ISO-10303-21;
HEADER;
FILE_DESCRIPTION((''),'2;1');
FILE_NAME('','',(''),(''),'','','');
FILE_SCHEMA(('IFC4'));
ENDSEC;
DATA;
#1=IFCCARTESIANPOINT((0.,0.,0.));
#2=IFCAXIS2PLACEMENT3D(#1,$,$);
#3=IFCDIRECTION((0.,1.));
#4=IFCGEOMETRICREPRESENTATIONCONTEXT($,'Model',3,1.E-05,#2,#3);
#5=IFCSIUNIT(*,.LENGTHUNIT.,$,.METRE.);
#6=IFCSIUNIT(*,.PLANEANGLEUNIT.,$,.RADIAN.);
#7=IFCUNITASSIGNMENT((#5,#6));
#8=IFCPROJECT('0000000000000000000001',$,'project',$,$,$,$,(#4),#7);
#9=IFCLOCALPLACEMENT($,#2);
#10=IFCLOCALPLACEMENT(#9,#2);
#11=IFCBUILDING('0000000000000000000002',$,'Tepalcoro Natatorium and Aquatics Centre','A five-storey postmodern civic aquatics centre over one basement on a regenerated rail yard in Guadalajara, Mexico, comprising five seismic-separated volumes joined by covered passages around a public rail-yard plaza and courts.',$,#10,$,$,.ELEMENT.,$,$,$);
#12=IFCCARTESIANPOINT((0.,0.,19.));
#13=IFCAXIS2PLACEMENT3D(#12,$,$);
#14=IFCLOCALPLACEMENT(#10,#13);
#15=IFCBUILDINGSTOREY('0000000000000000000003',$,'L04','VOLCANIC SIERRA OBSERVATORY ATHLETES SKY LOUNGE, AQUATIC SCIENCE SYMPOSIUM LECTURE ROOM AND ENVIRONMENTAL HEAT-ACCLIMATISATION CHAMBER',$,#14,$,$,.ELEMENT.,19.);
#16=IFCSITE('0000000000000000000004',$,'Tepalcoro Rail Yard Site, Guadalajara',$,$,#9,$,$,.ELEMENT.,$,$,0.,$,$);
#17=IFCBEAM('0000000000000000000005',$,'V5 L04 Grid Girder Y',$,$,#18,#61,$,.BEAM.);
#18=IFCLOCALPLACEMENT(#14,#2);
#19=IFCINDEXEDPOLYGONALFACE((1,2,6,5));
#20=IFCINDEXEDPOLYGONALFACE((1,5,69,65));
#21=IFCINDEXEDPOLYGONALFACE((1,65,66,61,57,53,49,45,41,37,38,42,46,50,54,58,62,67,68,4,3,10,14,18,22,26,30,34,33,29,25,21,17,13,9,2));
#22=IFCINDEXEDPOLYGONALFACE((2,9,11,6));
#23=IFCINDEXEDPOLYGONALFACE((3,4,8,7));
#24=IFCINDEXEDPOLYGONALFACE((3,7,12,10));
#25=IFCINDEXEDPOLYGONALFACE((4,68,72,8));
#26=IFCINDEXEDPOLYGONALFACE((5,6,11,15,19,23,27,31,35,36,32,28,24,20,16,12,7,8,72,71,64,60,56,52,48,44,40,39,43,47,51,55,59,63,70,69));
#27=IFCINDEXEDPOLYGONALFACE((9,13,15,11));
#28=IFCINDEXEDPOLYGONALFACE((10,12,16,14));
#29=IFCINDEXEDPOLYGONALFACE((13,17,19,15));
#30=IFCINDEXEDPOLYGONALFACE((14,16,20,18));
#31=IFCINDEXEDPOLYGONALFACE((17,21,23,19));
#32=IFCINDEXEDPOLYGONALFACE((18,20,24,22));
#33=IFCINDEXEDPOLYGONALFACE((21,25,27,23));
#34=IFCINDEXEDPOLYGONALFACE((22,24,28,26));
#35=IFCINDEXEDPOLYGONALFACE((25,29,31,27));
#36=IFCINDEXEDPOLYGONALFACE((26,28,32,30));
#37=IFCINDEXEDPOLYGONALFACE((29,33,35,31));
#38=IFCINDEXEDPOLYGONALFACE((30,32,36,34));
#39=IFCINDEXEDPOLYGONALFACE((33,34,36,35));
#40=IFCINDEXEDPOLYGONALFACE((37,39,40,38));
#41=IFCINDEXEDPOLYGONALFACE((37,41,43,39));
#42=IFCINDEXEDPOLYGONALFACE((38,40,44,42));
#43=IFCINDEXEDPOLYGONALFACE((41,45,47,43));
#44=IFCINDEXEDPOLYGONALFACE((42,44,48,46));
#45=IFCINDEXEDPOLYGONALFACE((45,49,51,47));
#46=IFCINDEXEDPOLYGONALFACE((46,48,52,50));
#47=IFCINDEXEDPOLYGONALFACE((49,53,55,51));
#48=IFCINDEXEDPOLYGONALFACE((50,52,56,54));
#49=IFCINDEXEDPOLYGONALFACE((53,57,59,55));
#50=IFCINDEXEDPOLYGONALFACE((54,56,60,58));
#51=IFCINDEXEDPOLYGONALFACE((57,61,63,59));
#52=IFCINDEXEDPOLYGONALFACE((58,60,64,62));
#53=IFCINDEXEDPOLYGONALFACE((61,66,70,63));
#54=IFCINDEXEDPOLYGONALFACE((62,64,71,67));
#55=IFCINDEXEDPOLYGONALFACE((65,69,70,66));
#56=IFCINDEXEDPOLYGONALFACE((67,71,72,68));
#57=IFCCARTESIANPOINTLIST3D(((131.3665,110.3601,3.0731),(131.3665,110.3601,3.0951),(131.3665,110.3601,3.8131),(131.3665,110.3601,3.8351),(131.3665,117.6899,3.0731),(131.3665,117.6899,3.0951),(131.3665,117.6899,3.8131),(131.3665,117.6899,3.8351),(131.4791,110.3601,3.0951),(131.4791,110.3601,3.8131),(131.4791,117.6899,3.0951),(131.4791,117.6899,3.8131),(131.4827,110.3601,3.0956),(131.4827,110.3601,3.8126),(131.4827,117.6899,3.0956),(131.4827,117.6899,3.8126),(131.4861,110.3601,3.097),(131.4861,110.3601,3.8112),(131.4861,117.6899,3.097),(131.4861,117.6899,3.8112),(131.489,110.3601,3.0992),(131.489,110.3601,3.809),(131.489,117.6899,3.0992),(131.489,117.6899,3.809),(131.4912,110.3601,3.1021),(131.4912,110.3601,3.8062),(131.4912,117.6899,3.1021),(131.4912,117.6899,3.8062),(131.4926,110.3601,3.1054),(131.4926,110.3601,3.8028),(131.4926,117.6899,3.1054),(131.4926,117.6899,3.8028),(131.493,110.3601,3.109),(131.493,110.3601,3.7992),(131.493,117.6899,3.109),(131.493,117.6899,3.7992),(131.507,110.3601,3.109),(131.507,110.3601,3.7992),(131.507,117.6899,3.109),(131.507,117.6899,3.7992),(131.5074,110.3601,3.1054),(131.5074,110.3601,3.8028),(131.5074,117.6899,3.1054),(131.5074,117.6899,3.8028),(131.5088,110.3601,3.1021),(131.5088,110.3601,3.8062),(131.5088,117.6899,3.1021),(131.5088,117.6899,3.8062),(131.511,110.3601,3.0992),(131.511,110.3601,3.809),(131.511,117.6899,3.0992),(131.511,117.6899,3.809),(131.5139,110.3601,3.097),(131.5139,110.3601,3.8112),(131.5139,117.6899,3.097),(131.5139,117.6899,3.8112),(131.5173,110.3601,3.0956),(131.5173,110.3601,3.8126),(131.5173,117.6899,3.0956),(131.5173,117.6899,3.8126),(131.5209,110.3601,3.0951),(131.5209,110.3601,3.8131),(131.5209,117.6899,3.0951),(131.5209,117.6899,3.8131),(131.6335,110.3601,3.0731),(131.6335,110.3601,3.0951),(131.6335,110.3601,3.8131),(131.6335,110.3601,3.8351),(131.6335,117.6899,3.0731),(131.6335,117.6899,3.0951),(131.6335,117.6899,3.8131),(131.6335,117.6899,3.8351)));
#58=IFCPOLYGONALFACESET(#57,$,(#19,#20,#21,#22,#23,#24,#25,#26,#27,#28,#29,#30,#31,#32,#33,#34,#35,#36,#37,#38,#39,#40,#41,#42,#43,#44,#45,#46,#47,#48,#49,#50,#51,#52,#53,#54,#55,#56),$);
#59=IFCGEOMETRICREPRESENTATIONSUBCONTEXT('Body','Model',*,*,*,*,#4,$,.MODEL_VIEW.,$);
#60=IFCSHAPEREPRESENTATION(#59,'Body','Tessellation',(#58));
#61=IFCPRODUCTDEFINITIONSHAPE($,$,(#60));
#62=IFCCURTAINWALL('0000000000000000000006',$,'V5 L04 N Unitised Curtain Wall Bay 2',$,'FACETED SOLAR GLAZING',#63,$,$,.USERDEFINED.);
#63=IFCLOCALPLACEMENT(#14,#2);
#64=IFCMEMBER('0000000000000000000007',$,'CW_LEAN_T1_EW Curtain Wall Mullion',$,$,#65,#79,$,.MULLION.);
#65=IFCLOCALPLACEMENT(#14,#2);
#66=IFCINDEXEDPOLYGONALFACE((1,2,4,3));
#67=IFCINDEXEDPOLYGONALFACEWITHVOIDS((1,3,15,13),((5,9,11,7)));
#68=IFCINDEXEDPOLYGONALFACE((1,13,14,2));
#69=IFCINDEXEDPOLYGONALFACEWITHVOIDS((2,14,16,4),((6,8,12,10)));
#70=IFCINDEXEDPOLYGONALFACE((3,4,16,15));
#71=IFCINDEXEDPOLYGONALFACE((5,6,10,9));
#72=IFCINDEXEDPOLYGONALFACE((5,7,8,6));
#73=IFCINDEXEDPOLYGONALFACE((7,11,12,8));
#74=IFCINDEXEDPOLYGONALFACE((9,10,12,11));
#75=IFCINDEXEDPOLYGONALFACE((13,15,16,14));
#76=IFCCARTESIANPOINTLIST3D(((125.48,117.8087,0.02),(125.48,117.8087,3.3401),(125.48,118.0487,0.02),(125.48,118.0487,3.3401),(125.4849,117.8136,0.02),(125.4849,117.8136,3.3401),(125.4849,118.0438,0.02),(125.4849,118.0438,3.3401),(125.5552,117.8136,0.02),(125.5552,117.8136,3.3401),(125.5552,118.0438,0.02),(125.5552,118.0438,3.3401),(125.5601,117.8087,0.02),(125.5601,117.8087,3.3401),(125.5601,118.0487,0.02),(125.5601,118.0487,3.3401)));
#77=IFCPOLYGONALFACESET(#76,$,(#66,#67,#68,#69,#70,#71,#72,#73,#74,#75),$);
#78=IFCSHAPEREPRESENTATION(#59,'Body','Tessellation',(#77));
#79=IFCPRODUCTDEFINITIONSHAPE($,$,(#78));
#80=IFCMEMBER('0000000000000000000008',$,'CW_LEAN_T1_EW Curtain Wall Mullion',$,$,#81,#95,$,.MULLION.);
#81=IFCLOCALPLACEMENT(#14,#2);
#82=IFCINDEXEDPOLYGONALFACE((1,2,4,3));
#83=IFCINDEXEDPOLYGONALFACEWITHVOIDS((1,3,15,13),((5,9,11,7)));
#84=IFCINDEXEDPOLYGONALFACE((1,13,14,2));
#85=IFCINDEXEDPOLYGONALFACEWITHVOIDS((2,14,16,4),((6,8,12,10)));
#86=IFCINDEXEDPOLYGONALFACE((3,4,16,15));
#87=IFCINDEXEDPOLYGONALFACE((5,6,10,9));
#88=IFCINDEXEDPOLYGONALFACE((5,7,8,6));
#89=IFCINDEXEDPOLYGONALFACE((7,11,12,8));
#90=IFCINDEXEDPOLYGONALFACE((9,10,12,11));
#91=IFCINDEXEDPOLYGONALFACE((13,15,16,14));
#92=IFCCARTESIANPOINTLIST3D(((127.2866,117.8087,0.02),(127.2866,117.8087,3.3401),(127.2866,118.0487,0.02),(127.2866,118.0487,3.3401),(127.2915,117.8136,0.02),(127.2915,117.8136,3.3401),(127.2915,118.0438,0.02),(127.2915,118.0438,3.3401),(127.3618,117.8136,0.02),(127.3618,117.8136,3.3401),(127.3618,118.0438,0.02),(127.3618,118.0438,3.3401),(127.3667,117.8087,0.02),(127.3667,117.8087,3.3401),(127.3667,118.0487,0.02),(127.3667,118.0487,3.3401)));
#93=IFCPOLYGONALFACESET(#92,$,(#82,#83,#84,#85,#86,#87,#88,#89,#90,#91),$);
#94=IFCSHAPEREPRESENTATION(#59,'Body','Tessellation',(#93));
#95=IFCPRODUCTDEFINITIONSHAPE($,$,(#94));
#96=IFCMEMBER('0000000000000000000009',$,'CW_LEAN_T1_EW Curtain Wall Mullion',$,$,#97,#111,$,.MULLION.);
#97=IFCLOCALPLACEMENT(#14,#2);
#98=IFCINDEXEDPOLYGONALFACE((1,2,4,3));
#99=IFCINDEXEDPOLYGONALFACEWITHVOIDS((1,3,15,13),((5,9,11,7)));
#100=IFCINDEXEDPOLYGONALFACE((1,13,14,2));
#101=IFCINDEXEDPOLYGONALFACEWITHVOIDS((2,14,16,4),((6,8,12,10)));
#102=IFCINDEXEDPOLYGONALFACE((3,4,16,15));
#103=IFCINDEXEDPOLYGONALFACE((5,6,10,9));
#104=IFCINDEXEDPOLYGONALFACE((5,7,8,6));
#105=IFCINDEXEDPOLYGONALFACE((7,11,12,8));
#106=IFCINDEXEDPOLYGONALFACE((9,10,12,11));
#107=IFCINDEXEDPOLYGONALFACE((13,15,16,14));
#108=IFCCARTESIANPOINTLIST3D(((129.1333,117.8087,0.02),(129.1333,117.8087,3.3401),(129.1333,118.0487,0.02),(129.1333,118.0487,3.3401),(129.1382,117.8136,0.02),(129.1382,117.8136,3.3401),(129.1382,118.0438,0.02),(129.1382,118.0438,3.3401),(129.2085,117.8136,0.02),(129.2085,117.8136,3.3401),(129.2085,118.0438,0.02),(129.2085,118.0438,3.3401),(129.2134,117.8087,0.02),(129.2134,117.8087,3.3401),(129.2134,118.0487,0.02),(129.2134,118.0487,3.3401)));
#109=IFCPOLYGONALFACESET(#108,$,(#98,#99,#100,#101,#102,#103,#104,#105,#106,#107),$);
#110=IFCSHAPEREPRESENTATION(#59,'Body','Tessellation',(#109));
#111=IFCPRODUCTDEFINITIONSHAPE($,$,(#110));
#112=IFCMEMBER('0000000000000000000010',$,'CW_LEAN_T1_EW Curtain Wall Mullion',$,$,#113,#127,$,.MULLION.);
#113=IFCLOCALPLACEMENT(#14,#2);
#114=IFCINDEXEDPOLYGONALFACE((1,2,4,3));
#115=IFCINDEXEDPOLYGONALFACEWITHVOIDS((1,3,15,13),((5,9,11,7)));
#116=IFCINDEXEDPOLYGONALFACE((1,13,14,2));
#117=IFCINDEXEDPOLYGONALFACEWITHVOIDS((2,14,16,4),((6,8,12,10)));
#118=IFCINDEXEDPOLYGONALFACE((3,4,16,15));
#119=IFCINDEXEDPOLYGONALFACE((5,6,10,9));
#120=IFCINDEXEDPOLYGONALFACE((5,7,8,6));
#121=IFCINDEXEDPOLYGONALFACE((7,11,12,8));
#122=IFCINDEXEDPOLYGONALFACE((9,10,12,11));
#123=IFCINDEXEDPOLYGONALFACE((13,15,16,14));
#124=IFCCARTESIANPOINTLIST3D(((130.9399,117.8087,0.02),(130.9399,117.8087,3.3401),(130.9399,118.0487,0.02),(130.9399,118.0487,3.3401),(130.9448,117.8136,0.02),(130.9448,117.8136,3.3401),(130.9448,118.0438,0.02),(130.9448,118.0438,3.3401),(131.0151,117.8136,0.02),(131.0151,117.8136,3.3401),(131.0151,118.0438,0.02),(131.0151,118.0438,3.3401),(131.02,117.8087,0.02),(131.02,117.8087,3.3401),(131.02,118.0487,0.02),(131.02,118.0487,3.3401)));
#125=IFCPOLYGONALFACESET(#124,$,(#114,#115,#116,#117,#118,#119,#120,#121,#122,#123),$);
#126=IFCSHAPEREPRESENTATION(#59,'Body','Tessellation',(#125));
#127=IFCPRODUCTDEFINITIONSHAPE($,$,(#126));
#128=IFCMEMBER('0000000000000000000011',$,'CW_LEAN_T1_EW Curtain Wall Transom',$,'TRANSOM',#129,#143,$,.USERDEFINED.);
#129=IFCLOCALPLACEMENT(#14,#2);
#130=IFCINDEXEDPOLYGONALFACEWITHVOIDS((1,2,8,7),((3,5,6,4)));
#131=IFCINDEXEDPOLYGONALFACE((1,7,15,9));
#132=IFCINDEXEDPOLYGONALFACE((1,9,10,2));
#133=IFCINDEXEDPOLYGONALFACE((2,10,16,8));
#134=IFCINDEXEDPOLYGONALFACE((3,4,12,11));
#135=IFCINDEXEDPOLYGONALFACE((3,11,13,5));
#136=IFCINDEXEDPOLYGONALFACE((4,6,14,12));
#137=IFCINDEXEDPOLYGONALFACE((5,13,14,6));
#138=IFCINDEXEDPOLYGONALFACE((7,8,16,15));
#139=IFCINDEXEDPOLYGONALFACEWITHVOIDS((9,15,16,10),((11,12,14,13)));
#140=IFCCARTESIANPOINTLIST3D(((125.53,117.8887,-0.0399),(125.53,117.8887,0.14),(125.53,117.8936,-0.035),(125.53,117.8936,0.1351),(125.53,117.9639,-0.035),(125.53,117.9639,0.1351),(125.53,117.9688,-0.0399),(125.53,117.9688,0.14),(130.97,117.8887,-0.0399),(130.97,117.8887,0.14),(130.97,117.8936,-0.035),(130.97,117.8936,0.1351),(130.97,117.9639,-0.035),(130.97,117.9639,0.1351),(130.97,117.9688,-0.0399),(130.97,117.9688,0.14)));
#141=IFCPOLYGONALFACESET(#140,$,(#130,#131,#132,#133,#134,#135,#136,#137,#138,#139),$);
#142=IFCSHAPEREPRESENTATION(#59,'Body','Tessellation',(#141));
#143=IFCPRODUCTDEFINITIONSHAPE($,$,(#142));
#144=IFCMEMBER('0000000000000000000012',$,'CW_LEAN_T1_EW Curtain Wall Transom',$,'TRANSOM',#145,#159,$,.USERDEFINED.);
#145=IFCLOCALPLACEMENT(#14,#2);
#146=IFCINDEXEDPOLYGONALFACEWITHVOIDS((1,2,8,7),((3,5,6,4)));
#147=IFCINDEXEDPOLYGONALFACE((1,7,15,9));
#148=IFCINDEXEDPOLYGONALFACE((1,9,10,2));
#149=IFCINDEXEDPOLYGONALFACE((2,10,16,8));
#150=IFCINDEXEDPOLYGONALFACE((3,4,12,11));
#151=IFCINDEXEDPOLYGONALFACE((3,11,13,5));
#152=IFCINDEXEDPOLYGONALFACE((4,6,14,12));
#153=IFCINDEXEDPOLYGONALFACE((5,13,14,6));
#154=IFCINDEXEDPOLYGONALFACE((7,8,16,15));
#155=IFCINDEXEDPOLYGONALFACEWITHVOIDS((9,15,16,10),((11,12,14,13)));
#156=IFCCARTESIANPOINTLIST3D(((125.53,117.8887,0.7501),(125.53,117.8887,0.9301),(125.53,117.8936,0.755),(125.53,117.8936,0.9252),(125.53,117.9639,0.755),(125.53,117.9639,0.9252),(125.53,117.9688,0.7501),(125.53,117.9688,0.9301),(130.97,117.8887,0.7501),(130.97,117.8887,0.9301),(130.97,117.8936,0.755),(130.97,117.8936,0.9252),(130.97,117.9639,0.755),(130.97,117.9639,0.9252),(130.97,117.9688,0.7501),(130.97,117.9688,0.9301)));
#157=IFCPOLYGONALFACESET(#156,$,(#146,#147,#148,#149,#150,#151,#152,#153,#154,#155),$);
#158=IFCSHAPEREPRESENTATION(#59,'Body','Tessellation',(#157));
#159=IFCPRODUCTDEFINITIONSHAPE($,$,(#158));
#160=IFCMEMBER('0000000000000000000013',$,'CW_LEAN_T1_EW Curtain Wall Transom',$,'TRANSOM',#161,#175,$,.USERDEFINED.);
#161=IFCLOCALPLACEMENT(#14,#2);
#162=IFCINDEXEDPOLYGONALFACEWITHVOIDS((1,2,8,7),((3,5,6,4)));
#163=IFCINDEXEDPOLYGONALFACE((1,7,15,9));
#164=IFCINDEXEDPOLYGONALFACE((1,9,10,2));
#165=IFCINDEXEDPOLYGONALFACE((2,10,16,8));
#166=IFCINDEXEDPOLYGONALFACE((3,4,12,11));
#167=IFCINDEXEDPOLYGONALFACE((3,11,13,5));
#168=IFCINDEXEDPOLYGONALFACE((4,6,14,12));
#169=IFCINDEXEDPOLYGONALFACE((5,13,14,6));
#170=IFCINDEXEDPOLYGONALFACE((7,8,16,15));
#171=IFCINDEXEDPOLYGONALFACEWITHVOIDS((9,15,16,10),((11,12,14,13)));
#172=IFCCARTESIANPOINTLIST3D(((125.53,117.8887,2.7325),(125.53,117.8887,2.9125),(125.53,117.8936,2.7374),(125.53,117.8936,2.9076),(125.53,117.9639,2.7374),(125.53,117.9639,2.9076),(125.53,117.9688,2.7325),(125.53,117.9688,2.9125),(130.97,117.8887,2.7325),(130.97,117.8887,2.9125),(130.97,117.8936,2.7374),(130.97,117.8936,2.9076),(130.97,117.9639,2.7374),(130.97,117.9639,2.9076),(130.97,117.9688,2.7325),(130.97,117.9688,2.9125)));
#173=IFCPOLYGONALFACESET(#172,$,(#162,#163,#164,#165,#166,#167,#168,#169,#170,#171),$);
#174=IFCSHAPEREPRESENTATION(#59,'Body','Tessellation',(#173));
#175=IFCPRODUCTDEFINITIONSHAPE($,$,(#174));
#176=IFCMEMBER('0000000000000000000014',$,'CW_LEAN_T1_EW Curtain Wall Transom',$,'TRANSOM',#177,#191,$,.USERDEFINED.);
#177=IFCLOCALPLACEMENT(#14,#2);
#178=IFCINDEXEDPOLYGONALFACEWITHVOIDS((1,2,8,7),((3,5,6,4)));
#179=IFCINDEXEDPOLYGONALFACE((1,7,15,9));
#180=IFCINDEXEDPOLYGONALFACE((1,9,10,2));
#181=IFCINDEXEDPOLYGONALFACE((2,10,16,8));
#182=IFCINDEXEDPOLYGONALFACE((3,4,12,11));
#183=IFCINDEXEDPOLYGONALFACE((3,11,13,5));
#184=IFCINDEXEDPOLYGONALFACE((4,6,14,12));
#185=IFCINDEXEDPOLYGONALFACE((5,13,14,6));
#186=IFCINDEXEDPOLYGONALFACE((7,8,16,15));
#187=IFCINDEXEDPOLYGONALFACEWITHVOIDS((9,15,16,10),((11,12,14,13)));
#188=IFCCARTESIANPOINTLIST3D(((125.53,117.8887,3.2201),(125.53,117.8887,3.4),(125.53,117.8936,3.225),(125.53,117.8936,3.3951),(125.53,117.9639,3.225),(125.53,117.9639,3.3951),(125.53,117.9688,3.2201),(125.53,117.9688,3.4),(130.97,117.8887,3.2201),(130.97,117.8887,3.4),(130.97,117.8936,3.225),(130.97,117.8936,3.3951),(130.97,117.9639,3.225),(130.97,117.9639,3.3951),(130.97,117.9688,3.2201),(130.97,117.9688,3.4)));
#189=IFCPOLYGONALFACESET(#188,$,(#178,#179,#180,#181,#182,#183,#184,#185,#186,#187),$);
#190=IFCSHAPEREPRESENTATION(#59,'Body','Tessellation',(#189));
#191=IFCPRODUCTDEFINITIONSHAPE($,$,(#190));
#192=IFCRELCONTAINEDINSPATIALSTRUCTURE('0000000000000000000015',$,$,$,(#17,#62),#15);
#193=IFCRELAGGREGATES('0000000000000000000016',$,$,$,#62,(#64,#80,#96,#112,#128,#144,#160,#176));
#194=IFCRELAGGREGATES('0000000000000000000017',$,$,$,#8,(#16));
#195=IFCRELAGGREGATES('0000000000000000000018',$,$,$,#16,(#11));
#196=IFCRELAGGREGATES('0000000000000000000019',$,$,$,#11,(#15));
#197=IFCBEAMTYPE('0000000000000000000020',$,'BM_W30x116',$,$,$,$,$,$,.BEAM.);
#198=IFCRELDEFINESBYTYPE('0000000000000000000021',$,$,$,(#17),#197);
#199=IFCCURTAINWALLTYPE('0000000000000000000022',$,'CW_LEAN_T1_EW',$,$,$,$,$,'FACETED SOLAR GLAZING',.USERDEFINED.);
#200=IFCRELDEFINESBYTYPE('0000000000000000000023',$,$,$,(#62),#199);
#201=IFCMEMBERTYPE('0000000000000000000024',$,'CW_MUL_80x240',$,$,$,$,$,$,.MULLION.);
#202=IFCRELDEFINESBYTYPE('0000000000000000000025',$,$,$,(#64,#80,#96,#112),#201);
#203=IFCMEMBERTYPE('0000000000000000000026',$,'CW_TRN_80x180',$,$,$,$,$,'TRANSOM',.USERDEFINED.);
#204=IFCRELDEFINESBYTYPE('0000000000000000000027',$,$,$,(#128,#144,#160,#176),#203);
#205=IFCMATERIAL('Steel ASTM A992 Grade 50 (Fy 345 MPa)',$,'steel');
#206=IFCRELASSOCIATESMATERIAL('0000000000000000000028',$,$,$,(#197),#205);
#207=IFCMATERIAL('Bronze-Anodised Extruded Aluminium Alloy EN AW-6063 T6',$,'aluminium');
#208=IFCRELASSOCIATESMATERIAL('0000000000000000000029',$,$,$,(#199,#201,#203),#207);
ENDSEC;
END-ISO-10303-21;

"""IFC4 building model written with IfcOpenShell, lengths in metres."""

from ifc_helpers import new_model, si_unit, direction, frame, origin, origin_2d, place, context, subcontext, project, spatial, hollow_rectangle, i_section, extrude, material, material_profile, profile_set, type_object, element, aggregate, save


model = new_model("IFC4")

# Units and contexts
model_context = context("Model", 3, precision=1e-05, world=origin(), true_north=direction((0.0, 1.0)))
body_context = subcontext(model_context, "Body", "Model", "MODEL_VIEW")
ifc_project = project(units=[si_unit("LENGTHUNIT", "METRE"), si_unit("PLANEANGLEUNIT", "RADIAN")], contexts=[model_context])

# Site, building, storey
site_placement = place(None, origin())
site = spatial("IfcSite", under=ifc_project, at=site_placement, Name="Tepalcoro Rail Yard Site, Guadalajara", CompositionType="ELEMENT", RefElevation=0.0)
building_placement = place(site_placement, origin())
building = spatial("IfcBuilding", under=site, at=building_placement, Name="Tepalcoro Natatorium and Aquatics Centre", Description="A five-storey postmodern civic aquatics centre over one basement on a regenerated rail yard in Guadalajara, Mexico, comprising five seismic-separated volumes joined by covered passages around a public rail-yard plaza and courts.", CompositionType="ELEMENT")
storey_placement = place(building_placement, frame((0.0, 0.0, 19.0)))
storey = spatial("IfcBuildingStorey", under=building, at=storey_placement, Name="L04", Description="VOLCANIC SIERRA OBSERVATORY ATHLETES SKY LOUNGE, AQUATIC SCIENCE SYMPOSIUM LECTURE ROOM AND ENVIRONMENTAL HEAT-ACCLIMATISATION CHAMBER", CompositionType="ELEMENT", Elevation=19.0)

# Beam
ifc_material_1 = material(Name="Steel ASTM A992 Grade 50 (Fy 345 MPa)", Category="steel")
ifc_material_profile_1 = material_profile(ifc_material_1, i_section(OverallWidth=0.2671, OverallDepth=0.762, WebThickness=0.0139, FlangeThickness=0.022, FilletRadius=0.0139, at=origin_2d()), Name="W30X116")
ifc_profile_set_1 = profile_set([ifc_material_profile_1], Name="Steel ASTM A992 Grade 50 (Fy 345 MPa)")
beam_type_1 = type_object("IfcBeamType", Name="BM_W30x116", PredefinedType="BEAM", material=ifc_profile_set_1)
beam_1_placement = place(storey_placement, frame((131.5, 110.3601, 3.4541), z_axis=(0.0, 1.0, 0.0), x_axis=(-1.0, 0.0, 0.0)))
element("IfcBeam", 1, at=beam_1_placement, inside=storey, type_object=beam_type_1, Name="V5 L04 Grid Girder Y", PredefinedType="BEAM", context=body_context, shape_type="SweptSolid", body=[
    extrude(i_section(OverallWidth=0.2671, OverallDepth=0.762, WebThickness=0.0139, FlangeThickness=0.022, FilletRadius=0.0139, at=origin_2d()), origin(), (0.0, 0.0, 1.0), 7.3298),
])

# Curtain wall, members
ifc_material_2 = material(Name="Bronze-Anodised Extruded Aluminium Alloy EN AW-6063 T6", Category="aluminium")
curtain_wall_type = type_object("IfcCurtainWallType", Name="CW_LEAN_T1_EW", ElementType="FACETED SOLAR GLAZING", PredefinedType="USERDEFINED", material=ifc_material_2)
curtain_wall_placement = place(storey_placement, origin())
curtain_wall = element("IfcCurtainWall", 2, at=curtain_wall_placement, inside=storey, type_object=curtain_wall_type, Name="V5 L04 N Unitised Curtain Wall Bay 2", ObjectType="FACETED SOLAR GLAZING", PredefinedType="USERDEFINED")
ifc_material_profile_2 = material_profile(ifc_material_2, hollow_rectangle(XDim=0.0801, YDim=0.24, WallThickness=0.0049, at=origin_2d()), Name="AL80X240X5")
ifc_profile_set_2 = profile_set([ifc_material_profile_2], Name="Bronze-Anodised Extruded Aluminium Alloy EN AW-6063 T6")
member_type_1 = type_object("IfcMemberType", Name="CW_MUL_80x240", PredefinedType="MULLION", material=ifc_profile_set_2)
member_1_placement = place(storey_placement, frame((125.52, 117.9287, 0.02), z_axis=(0.0, 0.0, 1.0), x_axis=(1.0, 0.0, 0.0)))
member_1 = element("IfcMember", 3, at=member_1_placement, type_object=member_type_1, Name="CW_LEAN_T1_EW Curtain Wall Mullion", PredefinedType="MULLION", context=body_context, shape_type="SweptSolid", body=[
    extrude(hollow_rectangle(XDim=0.0801, YDim=0.24, WallThickness=0.0049, at=origin_2d()), origin(), (0.0, 0.0, 1.0), 3.3201),
])
member_2_placement = place(storey_placement, frame((127.3267, 117.9287, 0.02), z_axis=(0.0, 0.0, 1.0), x_axis=(1.0, 0.0, 0.0)))
member_2 = element("IfcMember", 4, at=member_2_placement, type_object=member_type_1, Name="CW_LEAN_T1_EW Curtain Wall Mullion", PredefinedType="MULLION", context=body_context, shape_type="SweptSolid", body=[
    extrude(hollow_rectangle(XDim=0.0801, YDim=0.24, WallThickness=0.0049, at=origin_2d()), origin(), (0.0, 0.0, 1.0), 3.3201),
])
member_3_placement = place(storey_placement, frame((129.1733, 117.9287, 0.02), z_axis=(0.0, 0.0, 1.0), x_axis=(1.0, 0.0, 0.0)))
member_3 = element("IfcMember", 5, at=member_3_placement, type_object=member_type_1, Name="CW_LEAN_T1_EW Curtain Wall Mullion", PredefinedType="MULLION", context=body_context, shape_type="SweptSolid", body=[
    extrude(hollow_rectangle(XDim=0.0801, YDim=0.24, WallThickness=0.0049, at=origin_2d()), origin(), (0.0, 0.0, 1.0), 3.3201),
])
member_4_placement = place(storey_placement, frame((130.98, 117.9287, 0.02), z_axis=(0.0, 0.0, 1.0), x_axis=(1.0, 0.0, 0.0)))
member_4 = element("IfcMember", 6, at=member_4_placement, type_object=member_type_1, Name="CW_LEAN_T1_EW Curtain Wall Mullion", PredefinedType="MULLION", context=body_context, shape_type="SweptSolid", body=[
    extrude(hollow_rectangle(XDim=0.0801, YDim=0.24, WallThickness=0.0049, at=origin_2d()), origin(), (0.0, 0.0, 1.0), 3.3201),
])
ifc_material_profile_3 = material_profile(ifc_material_2, hollow_rectangle(XDim=0.0801, YDim=0.1799, WallThickness=0.0049, at=origin_2d()), Name="AL80X180X5")
ifc_profile_set_3 = profile_set([ifc_material_profile_3], Name="Bronze-Anodised Extruded Aluminium Alloy EN AW-6063 T6")
member_type_2 = type_object("IfcMemberType", Name="CW_TRN_80x180", ElementType="TRANSOM", PredefinedType="USERDEFINED", material=ifc_profile_set_3)
member_5_placement = place(storey_placement, frame((125.53, 117.9287, 0.05), z_axis=(1.0, 0.0, 0.0), x_axis=(0.0, 1.0, 0.0)))
member_5 = element("IfcMember", 7, at=member_5_placement, type_object=member_type_2, Name="CW_LEAN_T1_EW Curtain Wall Transom", ObjectType="TRANSOM", PredefinedType="USERDEFINED", context=body_context, shape_type="SweptSolid", body=[
    extrude(hollow_rectangle(XDim=0.0801, YDim=0.1799, WallThickness=0.0049, at=origin_2d()), origin(), (0.0, 0.0, 1.0), 5.4399),
])
member_6_placement = place(storey_placement, frame((125.53, 117.9287, 0.8401), z_axis=(1.0, 0.0, 0.0), x_axis=(0.0, 1.0, 0.0)))
member_6 = element("IfcMember", 8, at=member_6_placement, type_object=member_type_2, Name="CW_LEAN_T1_EW Curtain Wall Transom", ObjectType="TRANSOM", PredefinedType="USERDEFINED", context=body_context, shape_type="SweptSolid", body=[
    extrude(hollow_rectangle(XDim=0.0801, YDim=0.1799, WallThickness=0.0049, at=origin_2d()), origin(), (0.0, 0.0, 1.0), 5.4399),
])
member_7_placement = place(storey_placement, frame((125.53, 117.9287, 2.8225), z_axis=(1.0, 0.0, 0.0), x_axis=(0.0, 1.0, 0.0)))
member_7 = element("IfcMember", 9, at=member_7_placement, type_object=member_type_2, Name="CW_LEAN_T1_EW Curtain Wall Transom", ObjectType="TRANSOM", PredefinedType="USERDEFINED", context=body_context, shape_type="SweptSolid", body=[
    extrude(hollow_rectangle(XDim=0.0801, YDim=0.1799, WallThickness=0.0049, at=origin_2d()), origin(), (0.0, 0.0, 1.0), 5.4399),
])
member_8_placement = place(storey_placement, frame((125.53, 117.9287, 3.3101), z_axis=(1.0, 0.0, 0.0), x_axis=(0.0, 1.0, 0.0)))
member_8 = element("IfcMember", 10, at=member_8_placement, type_object=member_type_2, Name="CW_LEAN_T1_EW Curtain Wall Transom", ObjectType="TRANSOM", PredefinedType="USERDEFINED", context=body_context, shape_type="SweptSolid", body=[
    extrude(hollow_rectangle(XDim=0.0801, YDim=0.1799, WallThickness=0.0049, at=origin_2d()), origin(), (0.0, 0.0, 1.0), 5.4399),
])

aggregate(curtain_wall, [member_1, member_2, member_3, member_4, member_5, member_6, member_7, member_8])

save(model, "model.ifc")
